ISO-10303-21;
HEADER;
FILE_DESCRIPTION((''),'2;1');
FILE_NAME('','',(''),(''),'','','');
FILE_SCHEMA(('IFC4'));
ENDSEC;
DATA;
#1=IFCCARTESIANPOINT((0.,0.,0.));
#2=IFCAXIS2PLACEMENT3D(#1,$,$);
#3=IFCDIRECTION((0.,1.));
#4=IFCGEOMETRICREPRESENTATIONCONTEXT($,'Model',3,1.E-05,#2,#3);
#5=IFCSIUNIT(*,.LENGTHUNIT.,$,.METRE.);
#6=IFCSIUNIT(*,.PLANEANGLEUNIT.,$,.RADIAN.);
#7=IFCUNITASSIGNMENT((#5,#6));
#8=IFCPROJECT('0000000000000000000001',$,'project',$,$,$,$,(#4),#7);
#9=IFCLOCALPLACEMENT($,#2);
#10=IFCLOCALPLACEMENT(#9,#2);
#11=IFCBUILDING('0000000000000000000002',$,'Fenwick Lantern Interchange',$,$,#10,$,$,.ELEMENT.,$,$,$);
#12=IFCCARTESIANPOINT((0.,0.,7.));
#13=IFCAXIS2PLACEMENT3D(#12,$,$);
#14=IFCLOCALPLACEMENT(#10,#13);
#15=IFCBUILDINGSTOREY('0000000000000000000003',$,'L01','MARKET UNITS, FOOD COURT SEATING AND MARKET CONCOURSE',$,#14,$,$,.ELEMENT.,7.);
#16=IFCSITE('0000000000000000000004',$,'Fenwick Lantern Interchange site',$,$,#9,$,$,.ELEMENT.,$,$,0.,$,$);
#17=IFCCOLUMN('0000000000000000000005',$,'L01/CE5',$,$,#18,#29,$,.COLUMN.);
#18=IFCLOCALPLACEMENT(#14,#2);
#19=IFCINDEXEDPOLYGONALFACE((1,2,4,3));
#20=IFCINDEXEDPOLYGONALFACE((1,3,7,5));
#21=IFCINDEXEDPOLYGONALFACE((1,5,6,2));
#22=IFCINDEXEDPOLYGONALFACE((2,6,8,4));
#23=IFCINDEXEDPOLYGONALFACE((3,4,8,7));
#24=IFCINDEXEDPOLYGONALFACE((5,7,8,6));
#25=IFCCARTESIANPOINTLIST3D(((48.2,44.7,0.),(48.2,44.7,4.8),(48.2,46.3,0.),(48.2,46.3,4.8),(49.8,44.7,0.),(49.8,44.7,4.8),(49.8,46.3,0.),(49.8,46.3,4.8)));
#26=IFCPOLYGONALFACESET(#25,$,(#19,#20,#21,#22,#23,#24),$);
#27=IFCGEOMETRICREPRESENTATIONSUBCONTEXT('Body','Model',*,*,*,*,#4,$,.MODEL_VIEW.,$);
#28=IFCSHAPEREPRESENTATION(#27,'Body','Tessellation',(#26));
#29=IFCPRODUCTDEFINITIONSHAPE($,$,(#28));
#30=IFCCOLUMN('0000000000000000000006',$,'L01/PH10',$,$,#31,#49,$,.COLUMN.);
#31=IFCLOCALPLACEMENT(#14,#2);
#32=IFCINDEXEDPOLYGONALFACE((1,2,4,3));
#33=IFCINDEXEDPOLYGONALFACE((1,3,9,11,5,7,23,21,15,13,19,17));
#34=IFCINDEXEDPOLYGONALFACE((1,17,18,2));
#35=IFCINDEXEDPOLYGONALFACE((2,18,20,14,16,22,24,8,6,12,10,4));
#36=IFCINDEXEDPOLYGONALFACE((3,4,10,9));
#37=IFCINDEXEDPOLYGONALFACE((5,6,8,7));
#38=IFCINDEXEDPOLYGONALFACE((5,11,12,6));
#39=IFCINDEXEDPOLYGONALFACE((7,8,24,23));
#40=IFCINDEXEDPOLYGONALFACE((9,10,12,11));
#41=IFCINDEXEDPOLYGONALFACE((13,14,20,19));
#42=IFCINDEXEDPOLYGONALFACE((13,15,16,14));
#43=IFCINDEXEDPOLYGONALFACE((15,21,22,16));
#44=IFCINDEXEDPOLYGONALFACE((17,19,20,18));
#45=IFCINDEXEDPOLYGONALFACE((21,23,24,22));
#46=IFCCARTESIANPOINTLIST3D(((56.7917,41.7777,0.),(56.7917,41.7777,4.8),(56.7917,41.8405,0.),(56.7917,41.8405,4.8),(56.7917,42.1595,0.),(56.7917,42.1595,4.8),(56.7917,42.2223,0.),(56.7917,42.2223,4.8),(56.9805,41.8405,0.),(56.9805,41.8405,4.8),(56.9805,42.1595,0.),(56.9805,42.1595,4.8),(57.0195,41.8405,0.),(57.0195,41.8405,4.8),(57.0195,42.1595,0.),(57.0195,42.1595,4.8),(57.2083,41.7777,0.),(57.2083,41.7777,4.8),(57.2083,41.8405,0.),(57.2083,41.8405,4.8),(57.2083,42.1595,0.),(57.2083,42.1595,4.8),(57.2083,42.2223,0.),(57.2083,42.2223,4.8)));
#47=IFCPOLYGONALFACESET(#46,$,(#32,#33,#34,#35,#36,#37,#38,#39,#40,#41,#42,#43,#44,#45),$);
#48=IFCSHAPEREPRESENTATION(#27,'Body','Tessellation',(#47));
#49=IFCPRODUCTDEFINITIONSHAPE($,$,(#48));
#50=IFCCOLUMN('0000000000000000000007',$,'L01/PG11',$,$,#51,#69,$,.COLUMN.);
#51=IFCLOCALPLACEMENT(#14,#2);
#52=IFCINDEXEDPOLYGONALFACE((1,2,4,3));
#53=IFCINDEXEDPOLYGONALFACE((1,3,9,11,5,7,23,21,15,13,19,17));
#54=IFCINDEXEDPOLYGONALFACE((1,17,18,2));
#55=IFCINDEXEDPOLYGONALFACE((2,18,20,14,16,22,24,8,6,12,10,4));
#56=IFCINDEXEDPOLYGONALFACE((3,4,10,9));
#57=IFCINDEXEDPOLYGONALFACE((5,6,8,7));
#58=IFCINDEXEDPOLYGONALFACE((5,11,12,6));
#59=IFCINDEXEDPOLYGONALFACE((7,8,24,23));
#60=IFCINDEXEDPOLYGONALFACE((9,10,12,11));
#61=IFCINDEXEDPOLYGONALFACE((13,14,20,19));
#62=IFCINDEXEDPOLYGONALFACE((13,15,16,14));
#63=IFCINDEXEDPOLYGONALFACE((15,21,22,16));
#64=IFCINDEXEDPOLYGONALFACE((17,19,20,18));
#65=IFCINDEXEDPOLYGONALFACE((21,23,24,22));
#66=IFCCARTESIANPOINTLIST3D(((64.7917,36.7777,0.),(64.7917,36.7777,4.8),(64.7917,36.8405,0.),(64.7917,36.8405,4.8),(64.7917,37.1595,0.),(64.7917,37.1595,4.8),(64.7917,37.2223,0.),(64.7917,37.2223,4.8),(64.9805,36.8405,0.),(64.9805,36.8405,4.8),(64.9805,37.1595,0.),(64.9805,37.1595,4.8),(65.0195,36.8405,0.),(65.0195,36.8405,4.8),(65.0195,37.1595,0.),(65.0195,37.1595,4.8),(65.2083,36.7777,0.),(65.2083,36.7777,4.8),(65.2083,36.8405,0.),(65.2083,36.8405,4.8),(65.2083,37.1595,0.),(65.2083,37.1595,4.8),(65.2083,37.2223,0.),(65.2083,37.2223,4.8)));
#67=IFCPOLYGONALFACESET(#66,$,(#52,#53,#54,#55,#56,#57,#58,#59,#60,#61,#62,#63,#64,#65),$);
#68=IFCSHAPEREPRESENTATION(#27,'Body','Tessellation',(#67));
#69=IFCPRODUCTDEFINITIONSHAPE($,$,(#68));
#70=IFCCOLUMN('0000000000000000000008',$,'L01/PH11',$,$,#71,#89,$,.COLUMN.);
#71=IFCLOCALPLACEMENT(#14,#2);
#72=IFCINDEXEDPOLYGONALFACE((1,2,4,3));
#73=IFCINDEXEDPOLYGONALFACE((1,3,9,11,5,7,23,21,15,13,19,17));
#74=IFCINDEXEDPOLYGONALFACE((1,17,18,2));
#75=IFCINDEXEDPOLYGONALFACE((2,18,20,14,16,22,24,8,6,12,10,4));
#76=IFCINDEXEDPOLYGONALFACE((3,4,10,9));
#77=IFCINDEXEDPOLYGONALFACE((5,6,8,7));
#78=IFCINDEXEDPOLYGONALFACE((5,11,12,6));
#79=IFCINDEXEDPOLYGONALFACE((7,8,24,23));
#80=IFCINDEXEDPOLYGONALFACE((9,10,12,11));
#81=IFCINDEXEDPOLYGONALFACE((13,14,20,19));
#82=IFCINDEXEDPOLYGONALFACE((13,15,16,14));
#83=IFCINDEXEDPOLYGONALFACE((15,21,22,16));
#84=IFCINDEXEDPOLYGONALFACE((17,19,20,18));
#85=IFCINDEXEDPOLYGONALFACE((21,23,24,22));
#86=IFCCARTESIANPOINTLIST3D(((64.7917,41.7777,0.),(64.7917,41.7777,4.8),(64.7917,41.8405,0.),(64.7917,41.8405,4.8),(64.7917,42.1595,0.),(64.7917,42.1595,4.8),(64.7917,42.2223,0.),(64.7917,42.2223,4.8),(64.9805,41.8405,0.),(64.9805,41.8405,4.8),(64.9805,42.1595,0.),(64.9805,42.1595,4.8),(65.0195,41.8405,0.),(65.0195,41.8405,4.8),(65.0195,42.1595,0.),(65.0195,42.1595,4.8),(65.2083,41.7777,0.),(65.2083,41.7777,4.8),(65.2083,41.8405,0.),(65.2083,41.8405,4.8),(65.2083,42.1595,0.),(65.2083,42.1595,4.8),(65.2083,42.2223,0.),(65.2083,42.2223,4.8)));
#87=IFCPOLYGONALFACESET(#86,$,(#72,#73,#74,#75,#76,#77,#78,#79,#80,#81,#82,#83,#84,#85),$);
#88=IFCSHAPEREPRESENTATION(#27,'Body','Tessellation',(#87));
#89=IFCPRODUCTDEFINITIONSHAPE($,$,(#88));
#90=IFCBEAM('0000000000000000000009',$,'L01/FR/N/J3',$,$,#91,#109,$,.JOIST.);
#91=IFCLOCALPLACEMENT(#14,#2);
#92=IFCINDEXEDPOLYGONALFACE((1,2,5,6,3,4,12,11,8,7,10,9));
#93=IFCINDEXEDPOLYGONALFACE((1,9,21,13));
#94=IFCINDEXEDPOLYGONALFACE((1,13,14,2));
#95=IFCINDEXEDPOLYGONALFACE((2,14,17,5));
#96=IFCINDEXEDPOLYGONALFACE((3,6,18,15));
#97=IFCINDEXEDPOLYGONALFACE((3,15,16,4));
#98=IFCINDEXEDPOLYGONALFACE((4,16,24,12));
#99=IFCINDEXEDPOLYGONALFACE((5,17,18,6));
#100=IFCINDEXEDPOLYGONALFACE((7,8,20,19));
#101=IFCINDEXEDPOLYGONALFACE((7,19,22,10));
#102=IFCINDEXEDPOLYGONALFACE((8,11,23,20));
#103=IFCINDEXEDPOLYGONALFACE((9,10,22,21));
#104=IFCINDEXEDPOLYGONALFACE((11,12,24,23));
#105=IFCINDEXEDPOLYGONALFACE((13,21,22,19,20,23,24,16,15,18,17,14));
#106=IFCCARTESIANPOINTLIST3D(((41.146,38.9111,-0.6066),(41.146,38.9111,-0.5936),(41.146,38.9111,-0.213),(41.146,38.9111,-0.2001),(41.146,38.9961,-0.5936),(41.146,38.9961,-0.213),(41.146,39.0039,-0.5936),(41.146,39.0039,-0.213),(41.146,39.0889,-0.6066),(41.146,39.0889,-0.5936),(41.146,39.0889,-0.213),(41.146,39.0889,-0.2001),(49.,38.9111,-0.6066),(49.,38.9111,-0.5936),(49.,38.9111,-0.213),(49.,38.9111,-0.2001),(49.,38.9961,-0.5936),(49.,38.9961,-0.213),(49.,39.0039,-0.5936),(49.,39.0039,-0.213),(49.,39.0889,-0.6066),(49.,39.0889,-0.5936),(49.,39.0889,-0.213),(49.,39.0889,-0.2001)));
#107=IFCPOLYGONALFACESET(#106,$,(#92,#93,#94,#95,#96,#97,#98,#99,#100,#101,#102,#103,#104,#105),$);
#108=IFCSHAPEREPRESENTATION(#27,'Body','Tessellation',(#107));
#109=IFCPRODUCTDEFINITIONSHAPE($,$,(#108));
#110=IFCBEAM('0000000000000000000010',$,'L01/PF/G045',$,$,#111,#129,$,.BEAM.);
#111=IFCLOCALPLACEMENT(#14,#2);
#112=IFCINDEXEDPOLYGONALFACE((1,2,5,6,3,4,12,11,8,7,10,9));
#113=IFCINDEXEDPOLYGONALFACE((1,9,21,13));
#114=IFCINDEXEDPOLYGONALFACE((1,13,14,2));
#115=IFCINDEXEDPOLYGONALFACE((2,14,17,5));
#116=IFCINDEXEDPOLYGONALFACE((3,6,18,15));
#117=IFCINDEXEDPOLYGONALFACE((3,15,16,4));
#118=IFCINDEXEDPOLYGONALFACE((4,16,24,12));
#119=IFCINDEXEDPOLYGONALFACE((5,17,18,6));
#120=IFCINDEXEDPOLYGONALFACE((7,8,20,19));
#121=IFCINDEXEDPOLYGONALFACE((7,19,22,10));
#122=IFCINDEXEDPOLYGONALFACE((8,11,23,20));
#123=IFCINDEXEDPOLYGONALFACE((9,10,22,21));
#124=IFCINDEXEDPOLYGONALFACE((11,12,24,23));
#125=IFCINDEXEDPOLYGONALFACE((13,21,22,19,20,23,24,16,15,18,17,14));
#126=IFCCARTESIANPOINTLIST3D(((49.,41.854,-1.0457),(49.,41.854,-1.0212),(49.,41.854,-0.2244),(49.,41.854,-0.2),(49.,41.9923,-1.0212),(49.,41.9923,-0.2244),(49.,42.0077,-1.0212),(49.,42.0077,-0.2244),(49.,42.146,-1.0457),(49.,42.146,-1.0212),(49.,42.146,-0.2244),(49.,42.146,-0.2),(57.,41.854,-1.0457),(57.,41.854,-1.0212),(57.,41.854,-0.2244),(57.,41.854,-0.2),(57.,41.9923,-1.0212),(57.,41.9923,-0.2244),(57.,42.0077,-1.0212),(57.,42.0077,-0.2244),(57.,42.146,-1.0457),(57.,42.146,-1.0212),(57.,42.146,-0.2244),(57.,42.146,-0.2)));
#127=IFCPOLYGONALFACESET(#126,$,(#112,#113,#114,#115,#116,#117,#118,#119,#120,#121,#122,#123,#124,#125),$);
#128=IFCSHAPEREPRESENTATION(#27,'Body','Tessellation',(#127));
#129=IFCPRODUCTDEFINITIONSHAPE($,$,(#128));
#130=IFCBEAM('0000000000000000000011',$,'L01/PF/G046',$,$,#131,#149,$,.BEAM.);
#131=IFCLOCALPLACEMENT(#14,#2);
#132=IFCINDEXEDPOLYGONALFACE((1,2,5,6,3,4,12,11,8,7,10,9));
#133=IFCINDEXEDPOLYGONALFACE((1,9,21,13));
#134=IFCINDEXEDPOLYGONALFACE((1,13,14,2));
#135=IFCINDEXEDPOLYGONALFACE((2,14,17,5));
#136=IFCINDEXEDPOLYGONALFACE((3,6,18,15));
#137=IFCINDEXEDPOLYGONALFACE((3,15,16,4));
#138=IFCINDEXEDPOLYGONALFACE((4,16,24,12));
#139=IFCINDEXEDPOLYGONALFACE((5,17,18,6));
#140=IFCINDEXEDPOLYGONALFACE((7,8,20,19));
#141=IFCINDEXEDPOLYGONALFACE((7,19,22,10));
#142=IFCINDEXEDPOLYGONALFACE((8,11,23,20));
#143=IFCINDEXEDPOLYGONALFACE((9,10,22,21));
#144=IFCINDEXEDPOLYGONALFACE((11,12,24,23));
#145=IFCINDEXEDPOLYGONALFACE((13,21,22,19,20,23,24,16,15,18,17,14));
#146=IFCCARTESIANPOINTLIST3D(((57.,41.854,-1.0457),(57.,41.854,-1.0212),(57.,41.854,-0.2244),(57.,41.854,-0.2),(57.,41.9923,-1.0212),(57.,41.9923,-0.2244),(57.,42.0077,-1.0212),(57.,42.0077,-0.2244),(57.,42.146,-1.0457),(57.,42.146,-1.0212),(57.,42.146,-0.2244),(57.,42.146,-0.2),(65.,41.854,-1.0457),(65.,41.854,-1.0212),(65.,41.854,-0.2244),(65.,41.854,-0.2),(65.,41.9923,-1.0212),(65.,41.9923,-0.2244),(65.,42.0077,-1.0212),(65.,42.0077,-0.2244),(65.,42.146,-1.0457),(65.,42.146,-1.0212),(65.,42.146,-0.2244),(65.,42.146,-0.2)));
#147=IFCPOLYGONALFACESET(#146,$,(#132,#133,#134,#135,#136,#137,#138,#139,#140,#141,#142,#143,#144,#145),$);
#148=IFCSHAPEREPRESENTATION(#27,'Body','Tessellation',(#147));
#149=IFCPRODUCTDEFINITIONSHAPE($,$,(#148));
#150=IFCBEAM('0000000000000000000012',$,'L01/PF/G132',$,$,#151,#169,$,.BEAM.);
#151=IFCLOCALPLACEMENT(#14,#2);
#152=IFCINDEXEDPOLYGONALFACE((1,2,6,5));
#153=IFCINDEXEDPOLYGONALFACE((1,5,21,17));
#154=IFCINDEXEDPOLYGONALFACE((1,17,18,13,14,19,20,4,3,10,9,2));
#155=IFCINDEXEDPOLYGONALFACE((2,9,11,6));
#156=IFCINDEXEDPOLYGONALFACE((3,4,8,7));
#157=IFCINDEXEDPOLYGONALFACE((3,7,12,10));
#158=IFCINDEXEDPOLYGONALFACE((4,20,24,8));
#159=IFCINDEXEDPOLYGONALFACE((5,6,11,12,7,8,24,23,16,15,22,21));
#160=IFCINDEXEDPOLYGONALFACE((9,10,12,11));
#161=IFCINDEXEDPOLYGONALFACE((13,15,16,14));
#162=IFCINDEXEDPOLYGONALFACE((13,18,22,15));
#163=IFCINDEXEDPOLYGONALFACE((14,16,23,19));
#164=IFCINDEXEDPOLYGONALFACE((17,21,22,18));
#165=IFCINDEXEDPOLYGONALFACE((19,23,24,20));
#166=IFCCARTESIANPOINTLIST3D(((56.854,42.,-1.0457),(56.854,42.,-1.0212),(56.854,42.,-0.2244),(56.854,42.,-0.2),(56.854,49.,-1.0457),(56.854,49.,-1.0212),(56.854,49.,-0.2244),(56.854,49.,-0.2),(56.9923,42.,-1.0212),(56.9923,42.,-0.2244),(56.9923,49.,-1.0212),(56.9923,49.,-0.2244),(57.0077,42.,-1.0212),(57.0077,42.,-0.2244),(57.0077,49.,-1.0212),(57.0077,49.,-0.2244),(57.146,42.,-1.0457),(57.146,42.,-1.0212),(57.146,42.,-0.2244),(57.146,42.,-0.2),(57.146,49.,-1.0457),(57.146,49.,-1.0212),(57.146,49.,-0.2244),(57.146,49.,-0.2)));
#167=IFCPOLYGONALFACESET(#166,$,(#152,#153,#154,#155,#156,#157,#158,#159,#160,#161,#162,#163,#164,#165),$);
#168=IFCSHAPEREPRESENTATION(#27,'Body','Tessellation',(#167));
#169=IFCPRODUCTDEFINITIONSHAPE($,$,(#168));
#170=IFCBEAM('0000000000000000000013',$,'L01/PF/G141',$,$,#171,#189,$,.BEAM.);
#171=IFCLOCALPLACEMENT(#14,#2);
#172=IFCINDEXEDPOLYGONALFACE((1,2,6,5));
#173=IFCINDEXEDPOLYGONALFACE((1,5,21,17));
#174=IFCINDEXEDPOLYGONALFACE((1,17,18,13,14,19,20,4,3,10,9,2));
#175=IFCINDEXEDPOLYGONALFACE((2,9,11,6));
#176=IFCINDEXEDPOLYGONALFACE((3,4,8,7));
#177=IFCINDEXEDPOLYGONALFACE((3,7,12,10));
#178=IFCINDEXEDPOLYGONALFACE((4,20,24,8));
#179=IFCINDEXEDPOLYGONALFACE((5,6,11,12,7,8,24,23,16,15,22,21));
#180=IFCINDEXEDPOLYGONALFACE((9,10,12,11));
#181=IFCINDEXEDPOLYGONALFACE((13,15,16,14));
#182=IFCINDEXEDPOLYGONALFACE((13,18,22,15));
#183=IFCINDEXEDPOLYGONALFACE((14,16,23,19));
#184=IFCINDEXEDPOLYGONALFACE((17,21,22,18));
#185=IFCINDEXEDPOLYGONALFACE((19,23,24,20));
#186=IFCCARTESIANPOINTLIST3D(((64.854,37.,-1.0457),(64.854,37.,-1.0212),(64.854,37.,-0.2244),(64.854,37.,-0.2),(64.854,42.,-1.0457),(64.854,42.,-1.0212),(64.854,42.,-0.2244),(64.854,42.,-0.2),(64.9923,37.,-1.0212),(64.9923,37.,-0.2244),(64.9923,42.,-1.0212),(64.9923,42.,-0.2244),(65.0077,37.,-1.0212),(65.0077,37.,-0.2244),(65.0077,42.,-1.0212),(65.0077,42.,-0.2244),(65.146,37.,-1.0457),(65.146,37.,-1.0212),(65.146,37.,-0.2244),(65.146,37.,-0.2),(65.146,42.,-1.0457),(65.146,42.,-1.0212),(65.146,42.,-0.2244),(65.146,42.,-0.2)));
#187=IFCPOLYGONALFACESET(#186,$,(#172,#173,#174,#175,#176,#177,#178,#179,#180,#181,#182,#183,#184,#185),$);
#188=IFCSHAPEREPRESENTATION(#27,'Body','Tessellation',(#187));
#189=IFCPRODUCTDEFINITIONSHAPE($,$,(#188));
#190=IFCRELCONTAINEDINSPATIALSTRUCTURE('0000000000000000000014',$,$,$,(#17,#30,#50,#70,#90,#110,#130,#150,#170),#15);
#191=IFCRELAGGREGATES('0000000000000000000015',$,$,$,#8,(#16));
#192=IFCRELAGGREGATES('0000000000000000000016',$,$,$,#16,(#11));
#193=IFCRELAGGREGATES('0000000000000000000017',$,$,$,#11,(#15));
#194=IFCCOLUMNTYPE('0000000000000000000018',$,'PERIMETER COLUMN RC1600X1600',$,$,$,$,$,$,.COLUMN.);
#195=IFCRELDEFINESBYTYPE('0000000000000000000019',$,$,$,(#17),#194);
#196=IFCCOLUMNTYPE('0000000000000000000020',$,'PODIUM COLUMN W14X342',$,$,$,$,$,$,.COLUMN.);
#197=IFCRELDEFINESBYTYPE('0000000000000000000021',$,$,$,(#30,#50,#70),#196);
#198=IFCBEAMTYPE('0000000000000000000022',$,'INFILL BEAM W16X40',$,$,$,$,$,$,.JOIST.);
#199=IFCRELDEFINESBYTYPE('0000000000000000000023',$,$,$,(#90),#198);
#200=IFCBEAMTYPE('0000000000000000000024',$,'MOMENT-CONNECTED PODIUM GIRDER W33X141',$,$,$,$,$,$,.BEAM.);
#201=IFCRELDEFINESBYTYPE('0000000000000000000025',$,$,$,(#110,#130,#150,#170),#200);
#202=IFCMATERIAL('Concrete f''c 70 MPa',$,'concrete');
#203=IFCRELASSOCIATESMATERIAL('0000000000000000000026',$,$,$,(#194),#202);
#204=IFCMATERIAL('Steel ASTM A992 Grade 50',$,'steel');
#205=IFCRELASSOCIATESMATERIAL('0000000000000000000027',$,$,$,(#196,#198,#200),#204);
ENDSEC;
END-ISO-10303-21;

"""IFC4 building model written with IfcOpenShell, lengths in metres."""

from ifc_helpers import new_model, si_unit, direction, frame, origin, origin_2d, place, context, subcontext, project, spatial, rectangle, i_section, extrude, material, material_profile, profile_set, type_object, element, save


model = new_model("IFC4")

# Units and contexts
model_context = context("Model", 3, precision=1e-05, world=origin(), true_north=direction((0.0, 1.0)))
body_context = subcontext(model_context, "Body", "Model", "MODEL_VIEW")
ifc_project = project(units=[si_unit("LENGTHUNIT", "METRE"), si_unit("PLANEANGLEUNIT", "RADIAN")], contexts=[model_context])

# Site, building, storey
site_placement = place(None, origin())
site = spatial("IfcSite", under=ifc_project, at=site_placement, Name="Fenwick Lantern Interchange site", CompositionType="ELEMENT", RefElevation=0.0)
building_placement = place(site_placement, origin())
building = spatial("IfcBuilding", under=site, at=building_placement, Name="Fenwick Lantern Interchange", CompositionType="ELEMENT")
storey_placement = place(building_placement, frame((0.0, 0.0, 7.0)))
storey = spatial("IfcBuildingStorey", under=building, at=storey_placement, Name="L01", Description="MARKET UNITS, FOOD COURT SEATING AND MARKET CONCOURSE", CompositionType="ELEMENT", Elevation=7.0)

# Columns
ifc_material_1 = material(Name="Concrete f'c 70 MPa", Category="concrete")
ifc_material_profile_1 = material_profile(ifc_material_1, rectangle(XDim=1.6001, YDim=1.6001, at=origin_2d()), Name="RC1600X1600")
ifc_profile_set_1 = profile_set([ifc_material_profile_1], Name="Concrete f'c 70 MPa")
column_type_1 = type_object("IfcColumnType", Name="PERIMETER COLUMN RC1600X1600", PredefinedType="COLUMN", material=ifc_profile_set_1)
column_placement = place(storey_placement, frame((49.0, 45.5, 0.0), z_axis=(0.0, 0.0, 1.0), x_axis=(1.0, 0.0, 0.0)))
element("IfcColumn", 1, at=column_placement, inside=storey, type_object=column_type_1, Name="L01/CE5", PredefinedType="COLUMN", context=body_context, shape_type="SweptSolid", body=[
    extrude(rectangle(XDim=1.6001, YDim=1.6001, at=origin_2d()), origin(), (0.0, 0.0, 1.0), 4.8),
])
ifc_material_2 = material(Name="Steel ASTM A992 Grade 50", Category="steel")
ifc_material_profile_2 = material_profile(ifc_material_2, i_section(OverallWidth=0.4165, OverallDepth=0.4446, WebThickness=0.0391, FlangeThickness=0.0627, at=origin_2d()), Name="W14X342")
ifc_profile_set_2 = profile_set([ifc_material_profile_2], Name="Steel ASTM A992 Grade 50")
column_type_2 = type_object("IfcColumnType", Name="PODIUM COLUMN W14X342", PredefinedType="COLUMN", material=ifc_profile_set_2)
for number, where, z_axis, x_axis, name in (
    (2, (57.0, 42.0, 0.0), (0.0, 0.0, 1.0), (1.0, 0.0, 0.0), "L01/PH10"),
    (3, (65.0, 37.0, 0.0), (0.0, 0.0, 1.0), (1.0, 0.0, 0.0), "L01/PG11"),
    (4, (65.0, 42.0, 0.0), (0.0, 0.0, 1.0), (1.0, 0.0, 0.0), "L01/PH11"),
):
    element("IfcColumn", number, at=place(storey_placement, frame(where, z_axis=z_axis, x_axis=x_axis)), inside=storey, type_object=column_type_2, Name=name, PredefinedType="COLUMN", context=body_context, shape_type="SweptSolid", body=[
        extrude(i_section(OverallWidth=0.4165, OverallDepth=0.4446, WebThickness=0.0391, FlangeThickness=0.0627, at=origin_2d()), origin(), (0.0, 0.0, 1.0), 4.8),
    ])

# Beams
ifc_material_profile_3 = material_profile(ifc_material_2, i_section(OverallWidth=0.1777, OverallDepth=0.4065, WebThickness=0.0078, FlangeThickness=0.0129, at=origin_2d()), Name="W16X40")
ifc_profile_set_3 = profile_set([ifc_material_profile_3], Name="Steel ASTM A992 Grade 50")
beam_type_1 = type_object("IfcBeamType", Name="INFILL BEAM W16X40", PredefinedType="JOIST", material=ifc_profile_set_3)
beam_1_placement = place(storey_placement, frame((49.0, 39.0, -0.4033), z_axis=(-1.0, 0.0, 0.0), x_axis=(0.0, -1.0, 0.0)))
element("IfcBeam", 5, at=beam_1_placement, inside=storey, type_object=beam_type_1, Name="L01/FR/N/J3", PredefinedType="JOIST", context=body_context, shape_type="SweptSolid", body=[
    extrude(i_section(OverallWidth=0.1777, OverallDepth=0.4065, WebThickness=0.0078, FlangeThickness=0.0129, at=origin_2d()), origin(), (0.0, 0.0, 1.0), 7.854),
])
ifc_material_profile_4 = material_profile(ifc_material_2, i_section(OverallWidth=0.292, OverallDepth=0.8457, WebThickness=0.0154, FlangeThickness=0.0244, at=origin_2d()), Name="W33X141")
ifc_profile_set_4 = profile_set([ifc_material_profile_4], Name="Steel ASTM A992 Grade 50")
beam_type_2 = type_object("IfcBeamType", Name="MOMENT-CONNECTED PODIUM GIRDER W33X141", PredefinedType="BEAM", material=ifc_profile_set_4)
for number, where, z_axis, x_axis, name in (
    (6, (49.0, 42.0, -0.6228), (1.0, 0.0, 0.0), (0.0, 1.0, 0.0), "L01/PF/G045"),
    (7, (57.0, 42.0, -0.6228), (1.0, 0.0, 0.0), (0.0, 1.0, 0.0), "L01/PF/G046"),
):
    element("IfcBeam", number, at=place(storey_placement, frame(where, z_axis=z_axis, x_axis=x_axis)), inside=storey, type_object=beam_type_2, Name=name, PredefinedType="BEAM", context=body_context, shape_type="SweptSolid", body=[
        extrude(i_section(OverallWidth=0.292, OverallDepth=0.8457, WebThickness=0.0154, FlangeThickness=0.0244, at=origin_2d()), origin(), (0.0, 0.0, 1.0), 8.0),
    ])
beam_2_placement = place(storey_placement, frame((57.0, 42.0, -0.6228), z_axis=(0.0, 1.0, 0.0), x_axis=(-1.0, 0.0, 0.0)))
element("IfcBeam", 8, at=beam_2_placement, inside=storey, type_object=beam_type_2, Name="L01/PF/G132", PredefinedType="BEAM", context=body_context, shape_type="SweptSolid", body=[
    extrude(i_section(OverallWidth=0.292, OverallDepth=0.8457, WebThickness=0.0154, FlangeThickness=0.0244, at=origin_2d()), origin(), (0.0, 0.0, 1.0), 7.0),
])
beam_3_placement = place(storey_placement, frame((65.0, 37.0, -0.6228), z_axis=(0.0, 1.0, 0.0), x_axis=(-1.0, 0.0, 0.0)))
element("IfcBeam", 9, at=beam_3_placement, inside=storey, type_object=beam_type_2, Name="L01/PF/G141", PredefinedType="BEAM", context=body_context, shape_type="SweptSolid", body=[
    extrude(i_section(OverallWidth=0.292, OverallDepth=0.8457, WebThickness=0.0154, FlangeThickness=0.0244, at=origin_2d()), origin(), (0.0, 0.0, 1.0), 5.0),
])

save(model, "model.ifc")
